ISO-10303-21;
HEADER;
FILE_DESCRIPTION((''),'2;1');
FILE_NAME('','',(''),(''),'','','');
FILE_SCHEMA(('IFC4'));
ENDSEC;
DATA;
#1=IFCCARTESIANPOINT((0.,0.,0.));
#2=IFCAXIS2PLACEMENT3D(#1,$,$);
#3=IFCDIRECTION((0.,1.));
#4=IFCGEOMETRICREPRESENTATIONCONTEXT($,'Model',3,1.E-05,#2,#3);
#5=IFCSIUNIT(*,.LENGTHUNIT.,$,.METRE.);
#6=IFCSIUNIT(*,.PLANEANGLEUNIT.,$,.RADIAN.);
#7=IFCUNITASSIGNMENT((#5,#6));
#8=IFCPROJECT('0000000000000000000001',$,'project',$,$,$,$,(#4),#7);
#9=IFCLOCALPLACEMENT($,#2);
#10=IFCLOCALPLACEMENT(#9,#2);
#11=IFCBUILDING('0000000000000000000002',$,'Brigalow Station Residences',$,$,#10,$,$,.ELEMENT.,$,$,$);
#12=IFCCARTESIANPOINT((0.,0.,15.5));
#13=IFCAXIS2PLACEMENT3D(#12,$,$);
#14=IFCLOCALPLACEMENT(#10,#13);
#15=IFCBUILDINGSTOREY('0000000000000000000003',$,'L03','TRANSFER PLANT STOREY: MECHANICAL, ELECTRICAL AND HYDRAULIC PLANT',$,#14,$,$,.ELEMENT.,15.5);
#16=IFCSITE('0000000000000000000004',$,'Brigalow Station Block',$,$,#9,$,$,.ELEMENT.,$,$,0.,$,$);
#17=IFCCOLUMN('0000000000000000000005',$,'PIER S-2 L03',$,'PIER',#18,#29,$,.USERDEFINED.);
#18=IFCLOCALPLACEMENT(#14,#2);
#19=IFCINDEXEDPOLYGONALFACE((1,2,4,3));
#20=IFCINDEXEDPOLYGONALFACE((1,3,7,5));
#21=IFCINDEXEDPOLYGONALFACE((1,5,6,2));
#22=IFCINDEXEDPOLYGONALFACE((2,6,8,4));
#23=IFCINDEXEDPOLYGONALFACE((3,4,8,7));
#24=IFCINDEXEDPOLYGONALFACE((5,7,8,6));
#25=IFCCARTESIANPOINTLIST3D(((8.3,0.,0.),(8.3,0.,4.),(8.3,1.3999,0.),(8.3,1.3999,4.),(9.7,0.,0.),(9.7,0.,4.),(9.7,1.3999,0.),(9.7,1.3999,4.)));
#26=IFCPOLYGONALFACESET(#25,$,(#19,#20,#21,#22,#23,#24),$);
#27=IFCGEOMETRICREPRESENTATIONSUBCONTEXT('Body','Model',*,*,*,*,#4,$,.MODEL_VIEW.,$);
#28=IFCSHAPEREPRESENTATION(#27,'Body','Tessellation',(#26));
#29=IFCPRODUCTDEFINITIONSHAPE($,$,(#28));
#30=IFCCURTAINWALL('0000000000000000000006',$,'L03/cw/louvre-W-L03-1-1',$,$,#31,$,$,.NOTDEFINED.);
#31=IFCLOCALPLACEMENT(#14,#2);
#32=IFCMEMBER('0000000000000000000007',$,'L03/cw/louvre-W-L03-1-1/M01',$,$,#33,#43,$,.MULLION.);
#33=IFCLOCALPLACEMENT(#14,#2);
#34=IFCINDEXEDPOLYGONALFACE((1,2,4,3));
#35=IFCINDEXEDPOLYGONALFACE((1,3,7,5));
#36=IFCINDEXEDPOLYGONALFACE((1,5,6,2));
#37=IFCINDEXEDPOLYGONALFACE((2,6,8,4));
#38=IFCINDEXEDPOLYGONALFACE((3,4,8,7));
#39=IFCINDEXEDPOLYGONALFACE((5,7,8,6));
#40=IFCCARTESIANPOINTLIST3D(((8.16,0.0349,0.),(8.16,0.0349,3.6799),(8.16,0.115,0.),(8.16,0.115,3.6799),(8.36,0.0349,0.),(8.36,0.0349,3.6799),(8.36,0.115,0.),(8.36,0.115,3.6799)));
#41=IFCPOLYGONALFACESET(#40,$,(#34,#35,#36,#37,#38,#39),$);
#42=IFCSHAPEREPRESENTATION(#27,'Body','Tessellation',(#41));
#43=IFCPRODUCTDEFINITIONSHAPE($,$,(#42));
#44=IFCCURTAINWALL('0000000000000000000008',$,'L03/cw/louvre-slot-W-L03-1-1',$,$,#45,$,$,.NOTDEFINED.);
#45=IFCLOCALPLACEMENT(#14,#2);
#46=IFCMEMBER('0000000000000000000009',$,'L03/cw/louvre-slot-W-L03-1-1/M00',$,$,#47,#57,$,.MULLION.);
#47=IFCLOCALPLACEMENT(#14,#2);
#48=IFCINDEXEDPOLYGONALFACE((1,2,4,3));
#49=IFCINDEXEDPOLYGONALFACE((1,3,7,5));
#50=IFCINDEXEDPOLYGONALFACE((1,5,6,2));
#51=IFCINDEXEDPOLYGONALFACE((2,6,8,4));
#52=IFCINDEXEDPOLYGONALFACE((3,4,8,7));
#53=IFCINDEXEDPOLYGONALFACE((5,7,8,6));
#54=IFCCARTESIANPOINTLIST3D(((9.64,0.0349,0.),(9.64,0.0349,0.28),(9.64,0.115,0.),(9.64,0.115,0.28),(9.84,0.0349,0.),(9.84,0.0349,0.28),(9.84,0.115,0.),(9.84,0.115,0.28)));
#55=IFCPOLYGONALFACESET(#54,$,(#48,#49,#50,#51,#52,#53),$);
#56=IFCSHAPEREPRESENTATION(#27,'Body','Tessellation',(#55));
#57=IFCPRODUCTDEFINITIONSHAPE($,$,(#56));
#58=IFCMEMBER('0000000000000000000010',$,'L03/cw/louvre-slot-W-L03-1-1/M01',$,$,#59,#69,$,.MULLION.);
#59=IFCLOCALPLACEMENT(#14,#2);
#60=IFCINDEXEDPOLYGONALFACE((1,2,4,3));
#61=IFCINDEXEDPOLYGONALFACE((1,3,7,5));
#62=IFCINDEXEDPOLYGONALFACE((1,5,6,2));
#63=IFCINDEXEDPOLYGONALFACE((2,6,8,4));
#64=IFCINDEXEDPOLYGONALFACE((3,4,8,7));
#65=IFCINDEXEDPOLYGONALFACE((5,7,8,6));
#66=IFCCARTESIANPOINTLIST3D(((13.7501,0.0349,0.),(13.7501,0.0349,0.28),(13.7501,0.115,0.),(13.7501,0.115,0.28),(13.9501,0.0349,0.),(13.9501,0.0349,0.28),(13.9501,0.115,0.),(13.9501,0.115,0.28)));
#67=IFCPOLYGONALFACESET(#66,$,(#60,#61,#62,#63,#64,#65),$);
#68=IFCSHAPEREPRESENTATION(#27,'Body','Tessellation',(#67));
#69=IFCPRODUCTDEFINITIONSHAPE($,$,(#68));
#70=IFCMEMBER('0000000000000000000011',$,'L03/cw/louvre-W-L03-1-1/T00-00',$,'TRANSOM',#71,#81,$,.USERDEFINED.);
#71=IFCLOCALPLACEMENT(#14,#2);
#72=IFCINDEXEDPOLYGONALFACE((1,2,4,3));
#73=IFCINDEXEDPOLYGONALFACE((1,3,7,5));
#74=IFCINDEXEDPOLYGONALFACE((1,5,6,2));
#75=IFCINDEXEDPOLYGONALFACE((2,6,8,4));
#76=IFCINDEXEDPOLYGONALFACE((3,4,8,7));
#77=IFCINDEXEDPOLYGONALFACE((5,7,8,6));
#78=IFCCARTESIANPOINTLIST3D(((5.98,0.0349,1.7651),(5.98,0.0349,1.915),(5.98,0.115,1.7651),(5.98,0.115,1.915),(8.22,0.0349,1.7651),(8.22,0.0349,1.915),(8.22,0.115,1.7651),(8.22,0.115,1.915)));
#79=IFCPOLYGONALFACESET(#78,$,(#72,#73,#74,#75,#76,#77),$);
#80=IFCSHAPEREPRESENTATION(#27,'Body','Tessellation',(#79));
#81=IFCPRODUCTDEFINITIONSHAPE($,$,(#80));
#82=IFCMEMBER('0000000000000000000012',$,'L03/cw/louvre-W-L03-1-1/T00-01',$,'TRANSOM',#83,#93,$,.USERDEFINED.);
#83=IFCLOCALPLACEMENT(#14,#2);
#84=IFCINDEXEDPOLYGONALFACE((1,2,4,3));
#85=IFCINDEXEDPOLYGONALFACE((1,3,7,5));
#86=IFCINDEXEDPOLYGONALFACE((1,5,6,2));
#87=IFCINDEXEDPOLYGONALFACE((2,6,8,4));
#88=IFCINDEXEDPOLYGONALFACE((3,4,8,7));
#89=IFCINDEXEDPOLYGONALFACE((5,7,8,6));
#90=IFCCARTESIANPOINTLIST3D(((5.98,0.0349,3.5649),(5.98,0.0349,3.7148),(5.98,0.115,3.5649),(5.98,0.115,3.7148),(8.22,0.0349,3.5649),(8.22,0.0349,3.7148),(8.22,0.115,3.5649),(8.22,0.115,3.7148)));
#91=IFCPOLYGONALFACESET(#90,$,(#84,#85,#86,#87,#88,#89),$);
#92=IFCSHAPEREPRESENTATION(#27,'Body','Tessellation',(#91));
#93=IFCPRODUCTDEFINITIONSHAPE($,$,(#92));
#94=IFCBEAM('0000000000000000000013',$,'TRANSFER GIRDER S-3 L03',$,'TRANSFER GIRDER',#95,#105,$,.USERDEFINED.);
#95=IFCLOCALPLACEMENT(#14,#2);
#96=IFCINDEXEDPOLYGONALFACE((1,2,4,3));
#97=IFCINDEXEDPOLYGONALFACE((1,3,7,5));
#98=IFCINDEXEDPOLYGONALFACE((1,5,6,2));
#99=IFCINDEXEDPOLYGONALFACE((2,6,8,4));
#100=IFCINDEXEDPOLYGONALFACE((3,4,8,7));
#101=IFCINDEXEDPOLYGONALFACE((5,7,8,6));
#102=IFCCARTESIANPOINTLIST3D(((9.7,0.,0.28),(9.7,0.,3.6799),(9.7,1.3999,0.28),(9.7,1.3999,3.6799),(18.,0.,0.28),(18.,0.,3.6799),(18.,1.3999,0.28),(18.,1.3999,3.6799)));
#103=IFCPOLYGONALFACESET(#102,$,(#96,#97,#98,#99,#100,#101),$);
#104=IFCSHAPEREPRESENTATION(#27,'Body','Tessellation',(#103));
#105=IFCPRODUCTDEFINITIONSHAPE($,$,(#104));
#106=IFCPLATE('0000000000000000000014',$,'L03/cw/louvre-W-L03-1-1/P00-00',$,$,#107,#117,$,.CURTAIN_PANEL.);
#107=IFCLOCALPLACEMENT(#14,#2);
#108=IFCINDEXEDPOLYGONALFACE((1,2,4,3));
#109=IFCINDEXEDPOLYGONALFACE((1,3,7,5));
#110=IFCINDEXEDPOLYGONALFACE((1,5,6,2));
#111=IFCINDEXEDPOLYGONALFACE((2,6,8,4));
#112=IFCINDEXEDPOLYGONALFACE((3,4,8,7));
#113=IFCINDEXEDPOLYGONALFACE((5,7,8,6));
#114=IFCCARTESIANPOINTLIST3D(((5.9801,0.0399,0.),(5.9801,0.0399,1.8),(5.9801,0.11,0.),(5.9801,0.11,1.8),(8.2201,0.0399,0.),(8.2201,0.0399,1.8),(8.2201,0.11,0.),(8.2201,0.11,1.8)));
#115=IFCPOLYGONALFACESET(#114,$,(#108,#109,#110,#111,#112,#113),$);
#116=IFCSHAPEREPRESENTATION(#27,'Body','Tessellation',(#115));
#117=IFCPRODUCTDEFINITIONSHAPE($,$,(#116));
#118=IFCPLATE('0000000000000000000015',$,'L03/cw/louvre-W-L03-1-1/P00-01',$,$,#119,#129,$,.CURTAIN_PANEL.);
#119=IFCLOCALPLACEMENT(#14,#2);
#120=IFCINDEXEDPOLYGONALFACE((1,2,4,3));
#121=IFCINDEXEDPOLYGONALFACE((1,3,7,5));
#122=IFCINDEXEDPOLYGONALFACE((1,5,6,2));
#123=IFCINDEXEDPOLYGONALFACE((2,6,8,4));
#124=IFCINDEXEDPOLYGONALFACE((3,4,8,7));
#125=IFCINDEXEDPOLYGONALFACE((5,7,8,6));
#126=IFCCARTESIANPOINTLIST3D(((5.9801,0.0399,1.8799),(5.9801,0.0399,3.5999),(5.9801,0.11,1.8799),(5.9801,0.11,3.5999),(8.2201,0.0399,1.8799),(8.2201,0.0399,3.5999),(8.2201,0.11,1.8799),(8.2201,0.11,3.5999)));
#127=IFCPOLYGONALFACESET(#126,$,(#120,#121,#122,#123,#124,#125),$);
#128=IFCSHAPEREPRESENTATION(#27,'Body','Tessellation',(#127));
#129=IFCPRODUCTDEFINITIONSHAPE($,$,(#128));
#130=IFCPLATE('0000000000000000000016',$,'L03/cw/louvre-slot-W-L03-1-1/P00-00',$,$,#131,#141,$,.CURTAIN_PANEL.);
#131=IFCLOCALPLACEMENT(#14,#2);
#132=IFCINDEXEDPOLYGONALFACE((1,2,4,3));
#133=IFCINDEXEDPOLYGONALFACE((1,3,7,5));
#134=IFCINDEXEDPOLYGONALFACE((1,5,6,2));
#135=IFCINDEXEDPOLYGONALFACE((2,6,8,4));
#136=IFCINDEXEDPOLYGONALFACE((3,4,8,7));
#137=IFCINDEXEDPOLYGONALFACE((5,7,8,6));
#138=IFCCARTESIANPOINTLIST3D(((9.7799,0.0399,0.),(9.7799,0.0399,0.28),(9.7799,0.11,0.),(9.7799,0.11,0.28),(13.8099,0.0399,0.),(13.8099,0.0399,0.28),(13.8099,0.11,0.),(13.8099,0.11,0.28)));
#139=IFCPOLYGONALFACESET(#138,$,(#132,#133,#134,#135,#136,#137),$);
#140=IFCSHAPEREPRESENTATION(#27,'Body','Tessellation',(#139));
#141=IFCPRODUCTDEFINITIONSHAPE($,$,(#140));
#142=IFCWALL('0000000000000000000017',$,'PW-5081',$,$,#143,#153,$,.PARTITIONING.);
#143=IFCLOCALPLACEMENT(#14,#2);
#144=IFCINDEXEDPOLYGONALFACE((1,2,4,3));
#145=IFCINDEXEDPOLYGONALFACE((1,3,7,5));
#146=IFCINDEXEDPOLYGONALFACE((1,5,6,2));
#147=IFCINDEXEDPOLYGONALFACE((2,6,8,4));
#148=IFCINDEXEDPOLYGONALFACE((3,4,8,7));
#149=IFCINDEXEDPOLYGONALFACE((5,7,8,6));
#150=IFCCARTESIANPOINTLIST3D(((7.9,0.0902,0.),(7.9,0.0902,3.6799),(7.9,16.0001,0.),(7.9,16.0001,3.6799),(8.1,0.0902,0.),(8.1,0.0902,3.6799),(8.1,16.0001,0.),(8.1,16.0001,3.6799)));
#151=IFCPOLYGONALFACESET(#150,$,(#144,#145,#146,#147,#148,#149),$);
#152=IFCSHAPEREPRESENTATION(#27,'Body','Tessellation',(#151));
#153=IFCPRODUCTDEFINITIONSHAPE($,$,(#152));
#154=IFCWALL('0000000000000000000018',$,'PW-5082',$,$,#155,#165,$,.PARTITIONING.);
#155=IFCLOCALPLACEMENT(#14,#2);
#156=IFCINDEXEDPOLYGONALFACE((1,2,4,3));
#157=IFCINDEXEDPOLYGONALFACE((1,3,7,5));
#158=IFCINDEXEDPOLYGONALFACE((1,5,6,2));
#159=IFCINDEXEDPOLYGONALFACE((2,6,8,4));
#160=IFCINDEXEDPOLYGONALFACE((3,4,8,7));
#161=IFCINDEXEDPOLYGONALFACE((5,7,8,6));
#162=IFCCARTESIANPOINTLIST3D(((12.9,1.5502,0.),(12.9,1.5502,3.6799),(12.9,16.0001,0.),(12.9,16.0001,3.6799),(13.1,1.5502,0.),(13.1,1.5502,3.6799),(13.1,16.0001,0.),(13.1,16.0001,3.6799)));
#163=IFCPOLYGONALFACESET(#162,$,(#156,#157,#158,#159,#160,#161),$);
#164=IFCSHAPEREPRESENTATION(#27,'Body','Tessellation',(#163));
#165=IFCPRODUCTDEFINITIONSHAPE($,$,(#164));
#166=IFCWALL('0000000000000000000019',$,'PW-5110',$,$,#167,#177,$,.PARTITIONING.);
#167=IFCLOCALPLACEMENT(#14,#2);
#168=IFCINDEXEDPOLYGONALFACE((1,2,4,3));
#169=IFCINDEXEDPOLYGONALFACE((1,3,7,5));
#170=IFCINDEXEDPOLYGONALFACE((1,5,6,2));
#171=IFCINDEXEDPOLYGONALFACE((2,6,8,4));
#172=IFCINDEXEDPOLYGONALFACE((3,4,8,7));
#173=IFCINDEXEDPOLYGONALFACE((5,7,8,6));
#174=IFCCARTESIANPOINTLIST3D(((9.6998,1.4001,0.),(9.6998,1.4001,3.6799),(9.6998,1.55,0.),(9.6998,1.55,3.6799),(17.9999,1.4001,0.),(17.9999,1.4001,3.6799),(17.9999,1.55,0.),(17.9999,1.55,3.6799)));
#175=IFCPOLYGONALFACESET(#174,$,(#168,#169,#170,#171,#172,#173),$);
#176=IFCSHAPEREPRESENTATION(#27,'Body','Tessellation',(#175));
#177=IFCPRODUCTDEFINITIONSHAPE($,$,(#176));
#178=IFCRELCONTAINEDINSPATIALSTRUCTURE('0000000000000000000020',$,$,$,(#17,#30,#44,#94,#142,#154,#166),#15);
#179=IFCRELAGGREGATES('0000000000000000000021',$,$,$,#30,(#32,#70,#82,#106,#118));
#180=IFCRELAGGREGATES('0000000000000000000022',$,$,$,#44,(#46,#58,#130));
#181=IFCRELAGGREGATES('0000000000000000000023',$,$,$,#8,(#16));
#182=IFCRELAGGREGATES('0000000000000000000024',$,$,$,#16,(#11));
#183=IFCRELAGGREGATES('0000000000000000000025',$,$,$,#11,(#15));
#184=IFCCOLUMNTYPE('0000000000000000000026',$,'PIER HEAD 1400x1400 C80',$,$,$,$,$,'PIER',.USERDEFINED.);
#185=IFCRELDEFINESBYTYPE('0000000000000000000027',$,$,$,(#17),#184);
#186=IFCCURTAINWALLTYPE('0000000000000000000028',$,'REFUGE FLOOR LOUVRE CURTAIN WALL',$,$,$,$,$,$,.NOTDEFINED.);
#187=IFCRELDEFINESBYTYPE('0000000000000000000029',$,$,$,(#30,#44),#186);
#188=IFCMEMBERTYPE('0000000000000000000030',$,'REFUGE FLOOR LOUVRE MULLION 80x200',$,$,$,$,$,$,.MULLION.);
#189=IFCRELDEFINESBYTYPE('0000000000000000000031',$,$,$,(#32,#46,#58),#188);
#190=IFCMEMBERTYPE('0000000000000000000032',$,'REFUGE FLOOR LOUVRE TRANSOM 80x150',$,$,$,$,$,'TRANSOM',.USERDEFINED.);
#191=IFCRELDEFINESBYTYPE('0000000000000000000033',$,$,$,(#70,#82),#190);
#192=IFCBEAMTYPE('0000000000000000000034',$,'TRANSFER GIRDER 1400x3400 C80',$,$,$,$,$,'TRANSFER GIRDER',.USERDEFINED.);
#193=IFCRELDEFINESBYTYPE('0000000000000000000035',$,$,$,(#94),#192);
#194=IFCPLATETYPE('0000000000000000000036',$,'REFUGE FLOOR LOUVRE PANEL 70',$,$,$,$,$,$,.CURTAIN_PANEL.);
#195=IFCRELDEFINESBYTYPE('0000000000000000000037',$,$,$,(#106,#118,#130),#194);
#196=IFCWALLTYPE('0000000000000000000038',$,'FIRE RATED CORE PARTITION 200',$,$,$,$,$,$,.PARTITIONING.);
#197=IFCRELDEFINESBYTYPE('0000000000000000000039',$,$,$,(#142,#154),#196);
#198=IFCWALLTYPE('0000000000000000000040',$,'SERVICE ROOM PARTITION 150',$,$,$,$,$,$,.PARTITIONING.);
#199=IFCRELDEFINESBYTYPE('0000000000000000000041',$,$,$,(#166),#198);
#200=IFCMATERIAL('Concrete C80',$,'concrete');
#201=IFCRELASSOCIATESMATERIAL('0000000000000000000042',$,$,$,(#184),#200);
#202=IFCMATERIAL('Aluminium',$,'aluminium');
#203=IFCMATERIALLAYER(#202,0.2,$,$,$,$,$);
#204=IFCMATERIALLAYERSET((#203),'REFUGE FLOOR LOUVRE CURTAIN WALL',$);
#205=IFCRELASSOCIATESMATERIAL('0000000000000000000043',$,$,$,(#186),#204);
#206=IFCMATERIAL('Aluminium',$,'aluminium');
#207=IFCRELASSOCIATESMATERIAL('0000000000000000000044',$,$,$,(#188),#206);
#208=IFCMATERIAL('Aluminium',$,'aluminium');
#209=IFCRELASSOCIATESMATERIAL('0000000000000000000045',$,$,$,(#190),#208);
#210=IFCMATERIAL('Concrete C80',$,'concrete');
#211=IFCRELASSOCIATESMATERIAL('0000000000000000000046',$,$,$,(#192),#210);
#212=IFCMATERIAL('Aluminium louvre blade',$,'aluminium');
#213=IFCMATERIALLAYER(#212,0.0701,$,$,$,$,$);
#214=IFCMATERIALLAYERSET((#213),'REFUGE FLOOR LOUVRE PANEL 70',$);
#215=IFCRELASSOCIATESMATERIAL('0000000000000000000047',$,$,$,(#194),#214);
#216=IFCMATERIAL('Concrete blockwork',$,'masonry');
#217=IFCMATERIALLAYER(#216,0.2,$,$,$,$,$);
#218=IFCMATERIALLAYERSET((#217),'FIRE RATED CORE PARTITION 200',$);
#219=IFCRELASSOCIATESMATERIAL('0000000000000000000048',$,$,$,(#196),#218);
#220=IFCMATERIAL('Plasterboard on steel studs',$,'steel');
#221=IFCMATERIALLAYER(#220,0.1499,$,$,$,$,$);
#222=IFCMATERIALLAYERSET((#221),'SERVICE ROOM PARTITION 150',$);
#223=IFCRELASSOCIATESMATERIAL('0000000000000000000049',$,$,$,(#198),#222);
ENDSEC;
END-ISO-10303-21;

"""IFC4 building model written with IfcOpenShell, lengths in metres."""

from ifc_helpers import new_model, si_unit, direction, frame, frame_2d, origin, origin_2d, place, context, subcontext, project, spatial, rectangle, extrude, material, layer, layer_set, material_profile, profile_set, type_object, element, aggregate, save


model = new_model("IFC4")

# Units and contexts
model_context = context("Model", 3, precision=1e-05, world=origin(), true_north=direction((0.0, 1.0)))
body_context = subcontext(model_context, "Body", "Model", "MODEL_VIEW")
ifc_project = project(units=[si_unit("LENGTHUNIT", "METRE"), si_unit("PLANEANGLEUNIT", "RADIAN")], contexts=[model_context])

# Site, building, storey
site_placement = place(None, origin())
site = spatial("IfcSite", under=ifc_project, at=site_placement, Name="Brigalow Station Block", CompositionType="ELEMENT", RefElevation=0.0)
building_placement = place(site_placement, origin())
building = spatial("IfcBuilding", under=site, at=building_placement, Name="Brigalow Station Residences", CompositionType="ELEMENT")
storey_placement = place(building_placement, frame((0.0, 0.0, 15.5)))
storey = spatial("IfcBuildingStorey", under=building, at=storey_placement, Name="L03", Description="TRANSFER PLANT STOREY: MECHANICAL, ELECTRICAL AND HYDRAULIC PLANT", CompositionType="ELEMENT", Elevation=15.5)

# Column
ifc_material_1 = material(Name="Concrete C80", Category="concrete")
ifc_material_profile_1 = material_profile(ifc_material_1, rectangle(XDim=1.3999, YDim=1.3999, at=origin_2d()), Name="RC1400x1400")
ifc_profile_set_1 = profile_set([ifc_material_profile_1], Name="Concrete C80")
column_type = type_object("IfcColumnType", Name="PIER HEAD 1400x1400 C80", ElementType="PIER", PredefinedType="USERDEFINED", material=ifc_profile_set_1)
column_placement = place(storey_placement, frame((9.0, 0.7, 0.0), z_axis=(0.0, 0.0, 1.0), x_axis=(1.0, 0.0, 0.0)))
element("IfcColumn", 1, at=column_placement, inside=storey, type_object=column_type, Name="PIER S-2 L03", ObjectType="PIER", PredefinedType="USERDEFINED", context=body_context, shape_type="SweptSolid", body=[
    extrude(rectangle(XDim=1.3999, YDim=1.3999, at=origin_2d()), origin(), (0.0, 0.0, 1.0), 4.0),
])

# Curtain wall, member
ifc_material_2 = material(Name="Aluminium", Category="aluminium")
ifc_layer_1 = layer(ifc_material_2, 0.2)
ifc_layer_set_1 = layer_set([ifc_layer_1], Name="REFUGE FLOOR LOUVRE CURTAIN WALL")
curtain_wall_type = type_object("IfcCurtainWallType", Name="REFUGE FLOOR LOUVRE CURTAIN WALL", PredefinedType="NOTDEFINED", material=ifc_layer_set_1)
curtain_wall_1_placement = place(storey_placement, origin())
curtain_wall_1 = element("IfcCurtainWall", 2, at=curtain_wall_1_placement, inside=storey, type_object=curtain_wall_type, Name="L03/cw/louvre-W-L03-1-1", PredefinedType="NOTDEFINED")
ifc_material_3 = material(Name="Aluminium", Category="aluminium")
ifc_material_profile_2 = material_profile(ifc_material_3, rectangle(XDim=0.0801, YDim=0.2, at=origin_2d()), Name="REFUGE FLOOR LOUVRE MULLION 80x200")
ifc_profile_set_2 = profile_set([ifc_material_profile_2], Name="Aluminium")
member_type_1 = type_object("IfcMemberType", Name="REFUGE FLOOR LOUVRE MULLION 80x200", PredefinedType="MULLION", material=ifc_profile_set_2)
member_1_placement = place(storey_placement, frame((8.26, 0.075, 0.0), z_axis=(0.0, 0.0, 1.0), x_axis=(0.0, 1.0, 0.0)))
member_1 = element("IfcMember", 3, at=member_1_placement, type_object=member_type_1, Name="L03/cw/louvre-W-L03-1-1/M01", PredefinedType="MULLION", context=body_context, shape_type="SweptSolid", body=[
    extrude(rectangle(XDim=0.0801, YDim=0.2, at=origin_2d()), origin(), (0.0, 0.0, 1.0), 3.6799),
])

# Curtain wall, members
curtain_wall_2_placement = place(storey_placement, origin())
curtain_wall_2 = element("IfcCurtainWall", 4, at=curtain_wall_2_placement, inside=storey, type_object=curtain_wall_type, Name="L03/cw/louvre-slot-W-L03-1-1", PredefinedType="NOTDEFINED")
member_2_placement = place(storey_placement, frame((9.74, 0.075, 0.0), z_axis=(0.0, 0.0, 1.0), x_axis=(0.0, 1.0, 0.0)))
member_2 = element("IfcMember", 5, at=member_2_placement, type_object=member_type_1, Name="L03/cw/louvre-slot-W-L03-1-1/M00", PredefinedType="MULLION", context=body_context, shape_type="SweptSolid", body=[
    extrude(rectangle(XDim=0.0801, YDim=0.2, at=origin_2d()), origin(), (0.0, 0.0, 1.0), 0.28),
])
member_3_placement = place(storey_placement, frame((13.8501, 0.075, 0.0), z_axis=(0.0, 0.0, 1.0), x_axis=(0.0, 1.0, 0.0)))
member_3 = element("IfcMember", 6, at=member_3_placement, type_object=member_type_1, Name="L03/cw/louvre-slot-W-L03-1-1/M01", PredefinedType="MULLION", context=body_context, shape_type="SweptSolid", body=[
    extrude(rectangle(XDim=0.0801, YDim=0.2, at=origin_2d()), origin(), (0.0, 0.0, 1.0), 0.28),
])

# Members
ifc_material_4 = material(Name="Aluminium", Category="aluminium")
ifc_material_profile_3 = material_profile(ifc_material_4, rectangle(XDim=0.0801, YDim=0.1499, at=origin_2d()), Name="REFUGE FLOOR LOUVRE TRANSOM 80x150")
ifc_profile_set_3 = profile_set([ifc_material_profile_3], Name="Aluminium")
member_type_2 = type_object("IfcMemberType", Name="REFUGE FLOOR LOUVRE TRANSOM 80x150", ElementType="TRANSOM", PredefinedType="USERDEFINED", material=ifc_profile_set_3)
member_4_placement = place(storey_placement, frame((5.98, 0.075, 1.8401), z_axis=(1.0, 0.0, 0.0), x_axis=(0.0, 1.0, 0.0)))
member_4 = element("IfcMember", 7, at=member_4_placement, type_object=member_type_2, Name="L03/cw/louvre-W-L03-1-1/T00-00", ObjectType="TRANSOM", PredefinedType="USERDEFINED", context=body_context, shape_type="SweptSolid", body=[
    extrude(rectangle(XDim=0.0801, YDim=0.1499, at=origin_2d()), origin(), (0.0, 0.0, 1.0), 2.24),
])
member_5_placement = place(storey_placement, frame((5.98, 0.075, 3.6399), z_axis=(1.0, 0.0, 0.0), x_axis=(0.0, 1.0, 0.0)))
member_5 = element("IfcMember", 8, at=member_5_placement, type_object=member_type_2, Name="L03/cw/louvre-W-L03-1-1/T00-01", ObjectType="TRANSOM", PredefinedType="USERDEFINED", context=body_context, shape_type="SweptSolid", body=[
    extrude(rectangle(XDim=0.0801, YDim=0.1499, at=origin_2d()), origin(), (0.0, 0.0, 1.0), 2.24),
])

# Beam
ifc_material_5 = material(Name="Concrete C80", Category="concrete")
ifc_material_profile_4 = material_profile(ifc_material_5, rectangle(XDim=1.3999, YDim=3.3999, at=origin_2d()), Name="RC1400x3400")
ifc_profile_set_4 = profile_set([ifc_material_profile_4], Name="Concrete C80")
beam_type = type_object("IfcBeamType", Name="TRANSFER GIRDER 1400x3400 C80", ElementType="TRANSFER GIRDER", PredefinedType="USERDEFINED", material=ifc_profile_set_4)
beam_placement = place(storey_placement, frame((9.7, 0.7, 1.98), z_axis=(1.0, 0.0, 0.0), x_axis=(0.0, 1.0, 0.0)))
element("IfcBeam", 9, at=beam_placement, inside=storey, type_object=beam_type, Name="TRANSFER GIRDER S-3 L03", ObjectType="TRANSFER GIRDER", PredefinedType="USERDEFINED", context=body_context, shape_type="SweptSolid", body=[
    extrude(rectangle(XDim=1.3999, YDim=3.3999, at=origin_2d()), origin(), (0.0, 0.0, 1.0), 8.3),
])

# Plates
ifc_material_6 = material(Name="Aluminium louvre blade", Category="aluminium")
ifc_layer_2 = layer(ifc_material_6, 0.0701)
ifc_layer_set_2 = layer_set([ifc_layer_2], Name="REFUGE FLOOR LOUVRE PANEL 70")
plate_type = type_object("IfcPlateType", Name="REFUGE FLOOR LOUVRE PANEL 70", PredefinedType="CURTAIN_PANEL", material=ifc_layer_set_2)
plate_1_placement = place(storey_placement, frame((7.1001, 0.075, 0.0), z_axis=(0.0, 0.0, 1.0), x_axis=(1.0, 0.0, 0.0)))
plate_1 = element("IfcPlate", 10, at=plate_1_placement, type_object=plate_type, Name="L03/cw/louvre-W-L03-1-1/P00-00", PredefinedType="CURTAIN_PANEL", context=body_context, shape_type="SweptSolid", body=[
    extrude(rectangle(XDim=2.24, YDim=0.0701, at=origin_2d()), origin(), (0.0, 0.0, 1.0), 1.8),
])
plate_2_placement = place(storey_placement, frame((7.1001, 0.075, 1.8799), z_axis=(0.0, 0.0, 1.0), x_axis=(1.0, 0.0, 0.0)))
plate_2 = element("IfcPlate", 11, at=plate_2_placement, type_object=plate_type, Name="L03/cw/louvre-W-L03-1-1/P00-01", PredefinedType="CURTAIN_PANEL", context=body_context, shape_type="SweptSolid", body=[
    extrude(rectangle(XDim=2.24, YDim=0.0701, at=origin_2d()), origin(), (0.0, 0.0, 1.0), 1.72),
])
aggregate(curtain_wall_1, [member_1, member_4, member_5, plate_1, plate_2])
plate_3_placement = place(storey_placement, frame((11.7949, 0.075, 0.0), z_axis=(0.0, 0.0, 1.0), x_axis=(1.0, 0.0, 0.0)))
plate_3 = element("IfcPlate", 12, at=plate_3_placement, type_object=plate_type, Name="L03/cw/louvre-slot-W-L03-1-1/P00-00", PredefinedType="CURTAIN_PANEL", context=body_context, shape_type="SweptSolid", body=[
    extrude(rectangle(XDim=4.03, YDim=0.0701, at=origin_2d()), origin(), (0.0, 0.0, 1.0), 0.28),
])
aggregate(curtain_wall_2, [member_2, member_3, plate_3])

# Walls
ifc_material_7 = material(Name="Concrete blockwork", Category="masonry")
ifc_layer_3 = layer(ifc_material_7, 0.2)
ifc_layer_set_3 = layer_set([ifc_layer_3], Name="FIRE RATED CORE PARTITION 200")
wall_type_1 = type_object("IfcWallType", Name="FIRE RATED CORE PARTITION 200", PredefinedType="PARTITIONING", material=ifc_layer_set_3)
wall_1_placement = place(storey_placement, frame((8.0, 0.0901, 0.0), z_axis=(0.0, 0.0, 1.0), x_axis=(0.0, 1.0, 0.0)))
element("IfcWall", 13, at=wall_1_placement, inside=storey, type_object=wall_type_1, Name="PW-5081", PredefinedType="PARTITIONING", context=body_context, shape_type="SweptSolid", body=[
    extrude(rectangle(XDim=15.9099, YDim=0.2, at=frame_2d((7.9551, 0.0))), origin(), (0.0, 0.0, 1.0), 3.6799),
])
wall_2_placement = place(storey_placement, frame((13.0, 1.55, 0.0), z_axis=(0.0, 0.0, 1.0), x_axis=(0.0, 1.0, 0.0)))
element("IfcWall", 14, at=wall_2_placement, inside=storey, type_object=wall_type_1, Name="PW-5082", PredefinedType="PARTITIONING", context=body_context, shape_type="SweptSolid", body=[
    extrude(rectangle(XDim=14.45, YDim=0.2, at=frame_2d((7.2251, 0.0))), origin(), (0.0, 0.0, 1.0), 3.6799),
])
ifc_material_8 = material(Name="Plasterboard on steel studs", Category="steel")
ifc_layer_4 = layer(ifc_material_8, 0.1499)
ifc_layer_set_4 = layer_set([ifc_layer_4], Name="SERVICE ROOM PARTITION 150")
wall_type_2 = type_object("IfcWallType", Name="SERVICE ROOM PARTITION 150", PredefinedType="PARTITIONING", material=ifc_layer_set_4)
wall_3_placement = place(storey_placement, frame((9.7, 1.4751, 0.0), z_axis=(0.0, 0.0, 1.0), x_axis=(1.0, 0.0, 0.0)))
element("IfcWall", 15, at=wall_3_placement, inside=storey, type_object=wall_type_2, Name="PW-5110", PredefinedType="PARTITIONING", context=body_context, shape_type="SweptSolid", body=[
    extrude(rectangle(XDim=8.3, YDim=0.1499, at=frame_2d((4.1499, 0.0))), origin(), (0.0, 0.0, 1.0), 3.6799),
])

save(model, "model.ifc")
